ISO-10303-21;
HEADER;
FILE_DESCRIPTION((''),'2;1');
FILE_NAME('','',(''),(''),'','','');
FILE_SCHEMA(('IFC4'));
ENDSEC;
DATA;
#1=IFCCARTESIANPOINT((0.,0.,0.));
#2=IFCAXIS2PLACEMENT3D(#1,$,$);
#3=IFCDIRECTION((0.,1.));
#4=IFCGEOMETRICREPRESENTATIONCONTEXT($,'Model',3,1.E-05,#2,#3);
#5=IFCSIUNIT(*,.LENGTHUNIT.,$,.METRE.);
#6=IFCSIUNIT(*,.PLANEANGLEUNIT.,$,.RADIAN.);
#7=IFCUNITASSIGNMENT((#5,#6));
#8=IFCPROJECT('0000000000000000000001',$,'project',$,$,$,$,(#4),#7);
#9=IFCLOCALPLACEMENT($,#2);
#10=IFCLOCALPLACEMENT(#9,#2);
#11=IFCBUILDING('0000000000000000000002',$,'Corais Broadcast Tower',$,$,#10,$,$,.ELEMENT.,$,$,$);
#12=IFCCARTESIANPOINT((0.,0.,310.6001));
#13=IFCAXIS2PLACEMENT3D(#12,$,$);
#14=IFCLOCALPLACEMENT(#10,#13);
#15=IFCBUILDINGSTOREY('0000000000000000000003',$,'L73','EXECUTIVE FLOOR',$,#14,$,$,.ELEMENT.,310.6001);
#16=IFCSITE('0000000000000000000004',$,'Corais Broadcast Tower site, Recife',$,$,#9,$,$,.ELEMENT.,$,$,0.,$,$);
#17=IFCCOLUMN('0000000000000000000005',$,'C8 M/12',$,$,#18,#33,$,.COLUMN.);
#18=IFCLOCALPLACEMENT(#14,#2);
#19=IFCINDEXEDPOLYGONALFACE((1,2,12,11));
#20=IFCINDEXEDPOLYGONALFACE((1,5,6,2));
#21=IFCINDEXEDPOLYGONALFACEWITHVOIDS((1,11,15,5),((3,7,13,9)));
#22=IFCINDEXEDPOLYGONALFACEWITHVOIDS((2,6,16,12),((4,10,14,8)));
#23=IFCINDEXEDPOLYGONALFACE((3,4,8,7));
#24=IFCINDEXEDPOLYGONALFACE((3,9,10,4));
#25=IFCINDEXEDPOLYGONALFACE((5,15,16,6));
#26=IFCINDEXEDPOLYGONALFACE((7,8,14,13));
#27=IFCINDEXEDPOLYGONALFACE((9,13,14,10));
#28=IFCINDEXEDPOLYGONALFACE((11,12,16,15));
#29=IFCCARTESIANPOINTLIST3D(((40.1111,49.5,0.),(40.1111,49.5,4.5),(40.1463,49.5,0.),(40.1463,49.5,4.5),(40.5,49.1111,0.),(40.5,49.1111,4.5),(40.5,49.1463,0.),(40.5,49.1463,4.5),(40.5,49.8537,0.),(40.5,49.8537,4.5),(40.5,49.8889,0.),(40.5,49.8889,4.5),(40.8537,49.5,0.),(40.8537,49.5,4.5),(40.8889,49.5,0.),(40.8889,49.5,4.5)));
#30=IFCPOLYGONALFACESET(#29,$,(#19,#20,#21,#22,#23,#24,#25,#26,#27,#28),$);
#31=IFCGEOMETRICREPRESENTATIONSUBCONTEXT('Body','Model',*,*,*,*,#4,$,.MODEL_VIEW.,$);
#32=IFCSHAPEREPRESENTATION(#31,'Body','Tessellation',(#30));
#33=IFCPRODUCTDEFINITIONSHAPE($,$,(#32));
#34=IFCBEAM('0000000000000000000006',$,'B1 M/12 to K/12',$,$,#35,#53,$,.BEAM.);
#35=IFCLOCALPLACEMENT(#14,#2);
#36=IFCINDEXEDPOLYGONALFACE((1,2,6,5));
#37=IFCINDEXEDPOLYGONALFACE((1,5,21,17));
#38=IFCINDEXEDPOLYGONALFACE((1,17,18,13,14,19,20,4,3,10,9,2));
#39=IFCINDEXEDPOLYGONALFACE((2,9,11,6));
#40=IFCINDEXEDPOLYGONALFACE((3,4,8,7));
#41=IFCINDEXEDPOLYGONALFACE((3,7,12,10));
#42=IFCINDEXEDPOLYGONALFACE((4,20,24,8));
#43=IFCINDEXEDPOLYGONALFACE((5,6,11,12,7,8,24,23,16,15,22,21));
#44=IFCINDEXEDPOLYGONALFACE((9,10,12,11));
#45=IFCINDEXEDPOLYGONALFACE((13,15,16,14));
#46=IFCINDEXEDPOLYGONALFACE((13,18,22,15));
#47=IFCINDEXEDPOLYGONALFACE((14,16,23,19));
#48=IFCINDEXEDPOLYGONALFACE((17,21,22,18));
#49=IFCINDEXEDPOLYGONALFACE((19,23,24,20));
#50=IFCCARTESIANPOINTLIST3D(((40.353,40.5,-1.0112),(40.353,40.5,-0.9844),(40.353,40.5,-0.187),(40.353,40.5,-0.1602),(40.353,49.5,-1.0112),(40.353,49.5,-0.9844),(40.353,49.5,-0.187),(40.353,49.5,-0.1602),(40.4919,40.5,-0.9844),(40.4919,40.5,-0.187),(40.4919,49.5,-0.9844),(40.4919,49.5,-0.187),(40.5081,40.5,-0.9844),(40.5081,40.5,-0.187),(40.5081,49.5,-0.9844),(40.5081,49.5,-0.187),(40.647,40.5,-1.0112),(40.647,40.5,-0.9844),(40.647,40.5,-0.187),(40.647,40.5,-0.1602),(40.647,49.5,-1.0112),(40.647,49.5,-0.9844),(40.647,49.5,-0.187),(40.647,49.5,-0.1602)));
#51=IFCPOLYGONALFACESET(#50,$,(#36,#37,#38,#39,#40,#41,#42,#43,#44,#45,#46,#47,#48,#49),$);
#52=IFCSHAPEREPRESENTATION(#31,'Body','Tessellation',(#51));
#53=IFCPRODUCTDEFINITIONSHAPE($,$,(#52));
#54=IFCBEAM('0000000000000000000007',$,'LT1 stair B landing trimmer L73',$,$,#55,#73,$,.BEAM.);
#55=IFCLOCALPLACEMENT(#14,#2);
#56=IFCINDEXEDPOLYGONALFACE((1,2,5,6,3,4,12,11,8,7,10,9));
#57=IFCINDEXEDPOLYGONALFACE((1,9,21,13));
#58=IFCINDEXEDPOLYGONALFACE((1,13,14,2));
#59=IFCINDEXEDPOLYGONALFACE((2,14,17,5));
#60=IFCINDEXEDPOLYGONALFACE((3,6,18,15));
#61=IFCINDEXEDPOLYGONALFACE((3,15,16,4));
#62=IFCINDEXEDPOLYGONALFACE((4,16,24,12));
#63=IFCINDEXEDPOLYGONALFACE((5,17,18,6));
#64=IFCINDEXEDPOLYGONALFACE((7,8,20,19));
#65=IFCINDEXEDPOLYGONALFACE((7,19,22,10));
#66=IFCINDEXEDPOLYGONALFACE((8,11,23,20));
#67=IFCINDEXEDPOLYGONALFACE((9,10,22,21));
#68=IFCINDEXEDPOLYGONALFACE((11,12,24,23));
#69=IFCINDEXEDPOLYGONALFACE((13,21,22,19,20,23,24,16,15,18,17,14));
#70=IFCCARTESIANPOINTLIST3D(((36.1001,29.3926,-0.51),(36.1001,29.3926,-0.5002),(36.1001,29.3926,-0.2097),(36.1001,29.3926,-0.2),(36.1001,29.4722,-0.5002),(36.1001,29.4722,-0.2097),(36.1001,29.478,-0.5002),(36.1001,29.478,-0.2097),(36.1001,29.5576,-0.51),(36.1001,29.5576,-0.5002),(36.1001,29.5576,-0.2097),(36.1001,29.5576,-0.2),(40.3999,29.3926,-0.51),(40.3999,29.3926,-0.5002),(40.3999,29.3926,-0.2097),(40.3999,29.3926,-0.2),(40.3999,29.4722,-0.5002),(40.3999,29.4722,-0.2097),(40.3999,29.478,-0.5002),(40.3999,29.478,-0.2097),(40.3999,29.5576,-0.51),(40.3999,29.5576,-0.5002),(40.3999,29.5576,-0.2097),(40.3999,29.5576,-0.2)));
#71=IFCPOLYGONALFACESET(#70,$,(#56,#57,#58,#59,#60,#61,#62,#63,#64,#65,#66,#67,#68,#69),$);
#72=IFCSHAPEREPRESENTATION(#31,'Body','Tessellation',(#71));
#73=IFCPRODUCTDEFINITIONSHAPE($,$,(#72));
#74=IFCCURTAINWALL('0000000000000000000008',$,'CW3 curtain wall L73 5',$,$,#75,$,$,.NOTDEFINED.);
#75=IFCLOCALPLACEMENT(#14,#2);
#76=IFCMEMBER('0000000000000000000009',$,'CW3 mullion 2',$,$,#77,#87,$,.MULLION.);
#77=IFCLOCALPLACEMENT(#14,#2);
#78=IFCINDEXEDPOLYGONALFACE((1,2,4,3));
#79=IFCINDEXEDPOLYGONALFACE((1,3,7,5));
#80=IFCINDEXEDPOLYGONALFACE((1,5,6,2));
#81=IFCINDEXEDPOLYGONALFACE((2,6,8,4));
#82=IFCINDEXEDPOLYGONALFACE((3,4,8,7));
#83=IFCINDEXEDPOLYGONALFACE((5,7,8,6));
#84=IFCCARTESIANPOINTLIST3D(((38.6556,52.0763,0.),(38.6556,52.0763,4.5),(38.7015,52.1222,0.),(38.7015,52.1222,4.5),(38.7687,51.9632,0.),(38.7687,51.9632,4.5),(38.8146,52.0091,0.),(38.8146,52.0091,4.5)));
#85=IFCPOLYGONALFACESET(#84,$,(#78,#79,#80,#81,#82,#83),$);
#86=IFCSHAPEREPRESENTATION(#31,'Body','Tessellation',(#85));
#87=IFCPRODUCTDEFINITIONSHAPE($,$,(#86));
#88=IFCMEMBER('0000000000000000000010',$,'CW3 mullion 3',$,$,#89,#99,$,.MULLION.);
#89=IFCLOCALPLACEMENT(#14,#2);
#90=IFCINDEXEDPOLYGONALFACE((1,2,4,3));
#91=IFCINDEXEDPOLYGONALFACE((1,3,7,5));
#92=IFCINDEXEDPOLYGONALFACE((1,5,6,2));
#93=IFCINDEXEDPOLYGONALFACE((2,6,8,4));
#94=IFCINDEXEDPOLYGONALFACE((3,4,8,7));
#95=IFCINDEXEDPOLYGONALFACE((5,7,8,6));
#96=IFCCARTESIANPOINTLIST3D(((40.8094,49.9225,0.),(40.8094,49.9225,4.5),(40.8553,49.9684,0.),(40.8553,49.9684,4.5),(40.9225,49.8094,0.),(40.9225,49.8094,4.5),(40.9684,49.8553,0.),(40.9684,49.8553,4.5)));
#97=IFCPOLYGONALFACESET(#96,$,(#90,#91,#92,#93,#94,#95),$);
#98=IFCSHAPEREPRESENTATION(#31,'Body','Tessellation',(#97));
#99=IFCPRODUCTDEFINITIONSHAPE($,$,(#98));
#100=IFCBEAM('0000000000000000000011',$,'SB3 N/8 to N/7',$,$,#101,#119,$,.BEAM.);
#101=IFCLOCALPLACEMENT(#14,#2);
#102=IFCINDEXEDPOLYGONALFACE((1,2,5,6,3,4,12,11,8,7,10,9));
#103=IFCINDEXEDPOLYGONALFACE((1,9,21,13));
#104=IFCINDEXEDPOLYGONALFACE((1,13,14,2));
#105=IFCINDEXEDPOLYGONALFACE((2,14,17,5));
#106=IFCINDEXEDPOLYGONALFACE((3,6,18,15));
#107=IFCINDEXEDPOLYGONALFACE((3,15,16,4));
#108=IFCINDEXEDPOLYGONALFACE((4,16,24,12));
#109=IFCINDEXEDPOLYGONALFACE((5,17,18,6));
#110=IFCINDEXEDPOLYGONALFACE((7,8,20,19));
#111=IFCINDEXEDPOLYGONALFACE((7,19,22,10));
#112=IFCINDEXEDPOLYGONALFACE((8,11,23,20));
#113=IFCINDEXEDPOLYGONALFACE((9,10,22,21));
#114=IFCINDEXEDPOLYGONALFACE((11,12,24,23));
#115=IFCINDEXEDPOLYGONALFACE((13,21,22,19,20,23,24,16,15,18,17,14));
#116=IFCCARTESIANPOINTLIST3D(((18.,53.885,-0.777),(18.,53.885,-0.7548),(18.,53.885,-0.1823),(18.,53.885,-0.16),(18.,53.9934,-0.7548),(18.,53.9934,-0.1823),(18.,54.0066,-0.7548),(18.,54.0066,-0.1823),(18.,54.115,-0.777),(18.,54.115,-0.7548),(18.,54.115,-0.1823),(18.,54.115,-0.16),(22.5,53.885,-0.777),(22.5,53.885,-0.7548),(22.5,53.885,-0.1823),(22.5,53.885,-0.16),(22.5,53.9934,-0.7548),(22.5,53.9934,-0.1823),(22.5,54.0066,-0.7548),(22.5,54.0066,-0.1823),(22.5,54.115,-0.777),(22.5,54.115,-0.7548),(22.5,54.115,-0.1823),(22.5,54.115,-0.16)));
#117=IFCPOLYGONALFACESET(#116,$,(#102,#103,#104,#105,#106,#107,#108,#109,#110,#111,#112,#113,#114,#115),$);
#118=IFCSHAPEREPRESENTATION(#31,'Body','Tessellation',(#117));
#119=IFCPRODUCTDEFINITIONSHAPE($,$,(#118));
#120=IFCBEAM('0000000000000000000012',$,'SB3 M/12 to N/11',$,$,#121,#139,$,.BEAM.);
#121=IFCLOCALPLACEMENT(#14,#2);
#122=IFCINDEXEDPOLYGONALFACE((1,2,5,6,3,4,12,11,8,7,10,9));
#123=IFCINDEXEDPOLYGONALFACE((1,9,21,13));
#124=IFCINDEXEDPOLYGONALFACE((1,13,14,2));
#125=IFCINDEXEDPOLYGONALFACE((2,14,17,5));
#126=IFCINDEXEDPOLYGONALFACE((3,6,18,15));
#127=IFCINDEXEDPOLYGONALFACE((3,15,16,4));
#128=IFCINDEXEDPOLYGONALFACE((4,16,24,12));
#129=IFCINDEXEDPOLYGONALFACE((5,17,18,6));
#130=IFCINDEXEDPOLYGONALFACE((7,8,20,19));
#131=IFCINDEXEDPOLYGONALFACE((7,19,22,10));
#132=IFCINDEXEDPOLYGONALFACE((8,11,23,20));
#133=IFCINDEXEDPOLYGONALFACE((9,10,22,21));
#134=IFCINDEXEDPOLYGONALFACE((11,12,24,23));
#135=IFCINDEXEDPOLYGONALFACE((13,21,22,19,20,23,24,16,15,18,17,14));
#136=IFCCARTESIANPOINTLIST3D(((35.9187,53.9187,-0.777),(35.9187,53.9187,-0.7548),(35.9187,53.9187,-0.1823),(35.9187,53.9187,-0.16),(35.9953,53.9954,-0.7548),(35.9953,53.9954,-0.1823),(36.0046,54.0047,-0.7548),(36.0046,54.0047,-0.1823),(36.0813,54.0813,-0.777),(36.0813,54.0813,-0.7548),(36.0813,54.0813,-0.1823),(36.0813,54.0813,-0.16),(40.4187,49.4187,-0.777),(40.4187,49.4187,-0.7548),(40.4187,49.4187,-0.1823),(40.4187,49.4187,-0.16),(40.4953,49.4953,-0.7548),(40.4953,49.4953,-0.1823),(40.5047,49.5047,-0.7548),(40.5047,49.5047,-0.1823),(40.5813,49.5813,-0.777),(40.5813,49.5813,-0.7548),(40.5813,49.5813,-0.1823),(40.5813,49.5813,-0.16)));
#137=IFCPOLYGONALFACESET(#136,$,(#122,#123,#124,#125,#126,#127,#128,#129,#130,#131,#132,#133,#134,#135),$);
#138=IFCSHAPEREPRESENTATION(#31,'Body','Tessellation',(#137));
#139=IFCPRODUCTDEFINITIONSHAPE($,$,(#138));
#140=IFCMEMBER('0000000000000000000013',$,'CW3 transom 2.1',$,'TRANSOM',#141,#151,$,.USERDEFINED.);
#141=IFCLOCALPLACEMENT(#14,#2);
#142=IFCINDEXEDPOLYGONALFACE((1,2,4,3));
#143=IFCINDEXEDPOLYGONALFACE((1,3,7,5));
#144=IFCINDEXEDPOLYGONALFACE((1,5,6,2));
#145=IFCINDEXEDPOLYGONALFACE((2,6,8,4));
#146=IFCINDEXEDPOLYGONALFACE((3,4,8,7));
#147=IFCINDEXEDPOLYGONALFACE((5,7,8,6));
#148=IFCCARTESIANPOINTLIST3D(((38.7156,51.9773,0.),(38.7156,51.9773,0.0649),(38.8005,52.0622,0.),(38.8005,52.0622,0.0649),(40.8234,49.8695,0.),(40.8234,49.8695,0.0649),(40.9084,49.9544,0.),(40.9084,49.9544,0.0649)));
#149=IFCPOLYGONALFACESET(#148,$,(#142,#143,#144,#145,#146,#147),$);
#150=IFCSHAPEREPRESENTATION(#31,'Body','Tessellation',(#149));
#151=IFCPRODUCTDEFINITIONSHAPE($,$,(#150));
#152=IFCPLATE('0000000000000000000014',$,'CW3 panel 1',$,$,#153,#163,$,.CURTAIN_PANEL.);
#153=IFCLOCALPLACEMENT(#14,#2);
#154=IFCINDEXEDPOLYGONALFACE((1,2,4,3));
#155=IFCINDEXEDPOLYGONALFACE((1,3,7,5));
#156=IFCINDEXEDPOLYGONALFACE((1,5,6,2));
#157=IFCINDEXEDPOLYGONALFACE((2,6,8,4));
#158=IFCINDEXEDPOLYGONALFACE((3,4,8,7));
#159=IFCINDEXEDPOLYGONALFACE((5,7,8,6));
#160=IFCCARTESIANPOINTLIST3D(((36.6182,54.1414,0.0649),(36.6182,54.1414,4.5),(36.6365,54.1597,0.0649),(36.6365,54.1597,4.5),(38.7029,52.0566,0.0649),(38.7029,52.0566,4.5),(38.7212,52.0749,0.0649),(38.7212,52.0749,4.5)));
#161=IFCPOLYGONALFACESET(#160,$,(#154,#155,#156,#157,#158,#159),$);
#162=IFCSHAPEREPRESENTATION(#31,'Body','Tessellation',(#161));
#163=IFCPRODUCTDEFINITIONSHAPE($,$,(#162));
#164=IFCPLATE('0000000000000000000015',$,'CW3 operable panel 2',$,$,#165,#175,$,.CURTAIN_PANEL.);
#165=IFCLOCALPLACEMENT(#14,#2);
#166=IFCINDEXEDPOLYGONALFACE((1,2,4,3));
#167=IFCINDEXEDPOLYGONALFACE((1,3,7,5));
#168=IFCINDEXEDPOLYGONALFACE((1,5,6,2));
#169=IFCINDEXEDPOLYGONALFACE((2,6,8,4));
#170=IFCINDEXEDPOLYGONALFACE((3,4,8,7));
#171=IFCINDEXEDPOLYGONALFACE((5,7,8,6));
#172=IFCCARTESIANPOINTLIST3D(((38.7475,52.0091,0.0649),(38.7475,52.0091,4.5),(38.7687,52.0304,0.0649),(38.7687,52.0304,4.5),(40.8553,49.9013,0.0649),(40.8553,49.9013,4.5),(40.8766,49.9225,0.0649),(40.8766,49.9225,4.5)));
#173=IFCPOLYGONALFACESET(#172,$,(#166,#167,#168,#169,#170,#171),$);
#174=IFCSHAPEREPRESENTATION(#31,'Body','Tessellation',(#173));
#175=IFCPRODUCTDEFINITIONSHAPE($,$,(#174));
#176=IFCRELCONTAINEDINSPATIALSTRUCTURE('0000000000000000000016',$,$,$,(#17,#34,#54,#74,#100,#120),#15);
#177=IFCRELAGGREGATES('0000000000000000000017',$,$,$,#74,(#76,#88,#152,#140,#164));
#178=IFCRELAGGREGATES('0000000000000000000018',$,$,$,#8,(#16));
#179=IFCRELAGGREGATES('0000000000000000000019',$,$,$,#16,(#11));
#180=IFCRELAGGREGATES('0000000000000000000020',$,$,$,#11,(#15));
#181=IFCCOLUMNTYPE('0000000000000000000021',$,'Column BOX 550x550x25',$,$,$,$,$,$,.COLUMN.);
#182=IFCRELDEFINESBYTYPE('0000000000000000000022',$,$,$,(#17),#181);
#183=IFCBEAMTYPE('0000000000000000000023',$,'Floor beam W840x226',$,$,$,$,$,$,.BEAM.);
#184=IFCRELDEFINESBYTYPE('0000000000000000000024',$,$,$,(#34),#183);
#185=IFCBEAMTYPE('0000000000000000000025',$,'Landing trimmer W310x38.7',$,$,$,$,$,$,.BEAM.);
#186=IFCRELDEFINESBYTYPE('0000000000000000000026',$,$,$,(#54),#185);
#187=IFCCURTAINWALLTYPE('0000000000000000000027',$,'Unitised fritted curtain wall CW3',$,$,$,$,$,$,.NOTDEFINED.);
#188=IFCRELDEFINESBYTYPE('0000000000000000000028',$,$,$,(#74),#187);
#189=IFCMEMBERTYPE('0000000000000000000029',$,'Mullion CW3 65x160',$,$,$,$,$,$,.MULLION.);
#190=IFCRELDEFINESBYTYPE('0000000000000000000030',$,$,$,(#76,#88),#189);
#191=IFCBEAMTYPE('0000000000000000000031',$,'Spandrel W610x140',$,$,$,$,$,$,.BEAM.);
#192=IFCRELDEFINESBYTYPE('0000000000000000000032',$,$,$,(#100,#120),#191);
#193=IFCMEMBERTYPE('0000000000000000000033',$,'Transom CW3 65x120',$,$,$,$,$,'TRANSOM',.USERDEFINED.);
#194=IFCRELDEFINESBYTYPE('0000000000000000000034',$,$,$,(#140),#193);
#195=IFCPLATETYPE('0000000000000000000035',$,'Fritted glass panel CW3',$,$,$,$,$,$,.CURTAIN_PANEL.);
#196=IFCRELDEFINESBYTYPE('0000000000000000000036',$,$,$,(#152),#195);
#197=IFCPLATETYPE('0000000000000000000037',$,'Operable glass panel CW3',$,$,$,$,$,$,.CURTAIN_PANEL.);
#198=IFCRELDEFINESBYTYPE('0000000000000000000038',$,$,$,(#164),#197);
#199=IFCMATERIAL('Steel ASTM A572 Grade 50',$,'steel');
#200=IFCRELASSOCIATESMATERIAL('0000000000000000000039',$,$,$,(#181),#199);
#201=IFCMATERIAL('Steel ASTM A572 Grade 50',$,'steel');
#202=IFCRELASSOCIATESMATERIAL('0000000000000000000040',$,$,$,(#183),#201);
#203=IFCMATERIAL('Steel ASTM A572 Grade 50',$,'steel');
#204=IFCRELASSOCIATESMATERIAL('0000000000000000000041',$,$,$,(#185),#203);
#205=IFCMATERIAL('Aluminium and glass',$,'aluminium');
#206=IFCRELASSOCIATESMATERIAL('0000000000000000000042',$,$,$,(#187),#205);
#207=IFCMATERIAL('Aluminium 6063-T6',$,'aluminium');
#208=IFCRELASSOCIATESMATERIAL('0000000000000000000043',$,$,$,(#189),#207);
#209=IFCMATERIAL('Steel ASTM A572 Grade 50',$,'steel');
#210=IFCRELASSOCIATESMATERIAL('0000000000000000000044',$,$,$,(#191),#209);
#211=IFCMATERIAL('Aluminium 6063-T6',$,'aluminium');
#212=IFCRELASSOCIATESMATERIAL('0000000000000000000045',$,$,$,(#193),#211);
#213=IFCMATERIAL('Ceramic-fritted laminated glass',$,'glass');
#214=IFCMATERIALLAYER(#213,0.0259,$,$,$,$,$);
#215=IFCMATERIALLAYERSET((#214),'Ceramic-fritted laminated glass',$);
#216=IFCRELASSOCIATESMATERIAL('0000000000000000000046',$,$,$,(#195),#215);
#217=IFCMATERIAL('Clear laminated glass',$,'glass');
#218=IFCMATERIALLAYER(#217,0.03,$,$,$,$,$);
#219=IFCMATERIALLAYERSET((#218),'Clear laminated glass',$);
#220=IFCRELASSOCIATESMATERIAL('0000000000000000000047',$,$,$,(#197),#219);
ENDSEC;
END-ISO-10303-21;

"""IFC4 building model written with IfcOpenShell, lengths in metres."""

from ifc_helpers import new_model, si_unit, direction, frame, origin, origin_2d, place, context, subcontext, project, spatial, rectangle, hollow_rectangle, i_section, extrude, material, layer, layer_set, material_profile, profile_set, type_object, element, aggregate, save


model = new_model("IFC4")

# Units and contexts
model_context = context("Model", 3, precision=1e-05, world=origin(), true_north=direction((0.0, 1.0)))
body_context = subcontext(model_context, "Body", "Model", "MODEL_VIEW")
ifc_project = project(units=[si_unit("LENGTHUNIT", "METRE"), si_unit("PLANEANGLEUNIT", "RADIAN")], contexts=[model_context])

# Site, building, storey
site_placement = place(None, origin())
site = spatial("IfcSite", under=ifc_project, at=site_placement, Name="Corais Broadcast Tower site, Recife", CompositionType="ELEMENT", RefElevation=0.0)
building_placement = place(site_placement, origin())
building = spatial("IfcBuilding", under=site, at=building_placement, Name="Corais Broadcast Tower", CompositionType="ELEMENT")
storey_placement = place(building_placement, frame((0.0, 0.0, 310.6001)))
storey = spatial("IfcBuildingStorey", under=building, at=storey_placement, Name="L73", Description="EXECUTIVE FLOOR", CompositionType="ELEMENT", Elevation=310.6001)

# Column
ifc_material_1 = material(Name="Steel ASTM A572 Grade 50", Category="steel")
ifc_material_profile_1 = material_profile(ifc_material_1, hollow_rectangle(XDim=0.55, YDim=0.55, WallThickness=0.0249, at=origin_2d()), Name="BOX 550x550x25")
ifc_profile_set_1 = profile_set([ifc_material_profile_1], Name="Steel ASTM A572 Grade 50")
column_type = type_object("IfcColumnType", Name="Column BOX 550x550x25", PredefinedType="COLUMN", material=ifc_profile_set_1)
column_placement = place(storey_placement, frame((40.5, 49.5, 0.0), z_axis=(0.0, 0.0, 1.0), x_axis=(0.707107, 0.707107, 0.0)))
element("IfcColumn", 1, at=column_placement, inside=storey, type_object=column_type, Name="C8 M/12", PredefinedType="COLUMN", context=body_context, shape_type="SweptSolid", body=[
    extrude(hollow_rectangle(XDim=0.55, YDim=0.55, WallThickness=0.0249, at=origin_2d()), origin(), (0.0, 0.0, 1.0), 4.5),
])

# Beams
ifc_material_2 = material(Name="Steel ASTM A572 Grade 50", Category="steel")
ifc_material_profile_2 = material_profile(ifc_material_2, i_section(OverallWidth=0.2939, OverallDepth=0.8511, WebThickness=0.0161, FlangeThickness=0.0269, at=origin_2d()), Name="W840x226")
ifc_profile_set_2 = profile_set([ifc_material_profile_2], Name="Steel ASTM A572 Grade 50")
beam_type_1 = type_object("IfcBeamType", Name="Floor beam W840x226", PredefinedType="BEAM", material=ifc_profile_set_2)
beam_1_placement = place(storey_placement, frame((40.5, 49.5, -0.5857), z_axis=(0.0, -1.0, 0.0), x_axis=(1.0, 0.0, 0.0)))
element("IfcBeam", 2, at=beam_1_placement, inside=storey, type_object=beam_type_1, Name="B1 M/12 to K/12", PredefinedType="BEAM", context=body_context, shape_type="SweptSolid", body=[
    extrude(i_section(OverallWidth=0.2939, OverallDepth=0.8511, WebThickness=0.0161, FlangeThickness=0.0269, at=origin_2d()), origin(), (0.0, 0.0, 1.0), 9.0),
])
ifc_material_3 = material(Name="Steel ASTM A572 Grade 50", Category="steel")
ifc_material_profile_3 = material_profile(ifc_material_3, i_section(OverallWidth=0.165, OverallDepth=0.3101, WebThickness=0.0059, FlangeThickness=0.0098, at=origin_2d()), Name="W310x38.7")
ifc_profile_set_3 = profile_set([ifc_material_profile_3], Name="Steel ASTM A572 Grade 50")
beam_type_2 = type_object("IfcBeamType", Name="Landing trimmer W310x38.7", PredefinedType="BEAM", material=ifc_profile_set_3)
beam_2_placement = place(storey_placement, frame((36.1001, 29.4751, -0.355), z_axis=(1.0, 0.0, 0.0), x_axis=(0.0, 1.0, 0.0)))
element("IfcBeam", 3, at=beam_2_placement, inside=storey, type_object=beam_type_2, Name="LT1 stair B landing trimmer L73", PredefinedType="BEAM", context=body_context, shape_type="SweptSolid", body=[
    extrude(i_section(OverallWidth=0.165, OverallDepth=0.3101, WebThickness=0.0059, FlangeThickness=0.0098, at=origin_2d()), origin(), (0.0, 0.0, 1.0), 4.2998),
])

# Curtain wall, members
ifc_material_4 = material(Name="Aluminium and glass", Category="aluminium")
curtain_wall_type = type_object("IfcCurtainWallType", Name="Unitised fritted curtain wall CW3", PredefinedType="NOTDEFINED", material=ifc_material_4)
curtain_wall_placement = place(storey_placement, origin())
curtain_wall = element("IfcCurtainWall", 4, at=curtain_wall_placement, inside=storey, type_object=curtain_wall_type, Name="CW3 curtain wall L73 5", PredefinedType="NOTDEFINED")
ifc_material_5 = material(Name="Aluminium 6063-T6", Category="aluminium")
ifc_material_profile_4 = material_profile(ifc_material_5, rectangle(XDim=0.0649, YDim=0.1599, at=origin_2d()), Name="Mullion CW3 65x160")
ifc_profile_set_4 = profile_set([ifc_material_profile_4], Name="Aluminium 6063-T6")
member_type_1 = type_object("IfcMemberType", Name="Mullion CW3 65x160", PredefinedType="MULLION", material=ifc_profile_set_4)
member_1_placement = place(storey_placement, frame((38.7351, 52.0427, 0.0), z_axis=(0.0, 0.0, 1.0), x_axis=(0.707107, 0.707107, 0.0)))
member_1 = element("IfcMember", 5, at=member_1_placement, type_object=member_type_1, Name="CW3 mullion 2", PredefinedType="MULLION", context=body_context, shape_type="SweptSolid", body=[
    extrude(rectangle(XDim=0.0649, YDim=0.1599, at=origin_2d()), origin(), (0.0, 0.0, 1.0), 4.5),
])
member_2_placement = place(storey_placement, frame((40.8889, 49.8889, 0.0), z_axis=(0.0, 0.0, 1.0), x_axis=(0.707107, 0.707107, 0.0)))
member_2 = element("IfcMember", 6, at=member_2_placement, type_object=member_type_1, Name="CW3 mullion 3", PredefinedType="MULLION", context=body_context, shape_type="SweptSolid", body=[
    extrude(rectangle(XDim=0.0649, YDim=0.1599, at=origin_2d()), origin(), (0.0, 0.0, 1.0), 4.5),
])

# Beams
ifc_material_6 = material(Name="Steel ASTM A572 Grade 50", Category="steel")
ifc_material_profile_5 = material_profile(ifc_material_6, i_section(OverallWidth=0.23, OverallDepth=0.6169, WebThickness=0.0132, FlangeThickness=0.0222, at=origin_2d()), Name="W610x140")
ifc_profile_set_5 = profile_set([ifc_material_profile_5], Name="Steel ASTM A572 Grade 50")
beam_type_3 = type_object("IfcBeamType", Name="Spandrel W610x140", PredefinedType="BEAM", material=ifc_profile_set_5)
beam_3_placement = place(storey_placement, frame((22.5, 54.0, -0.4685), z_axis=(-1.0, 0.0, 0.0), x_axis=(0.0, -1.0, 0.0)))
element("IfcBeam", 7, at=beam_3_placement, inside=storey, type_object=beam_type_3, Name="SB3 N/8 to N/7", PredefinedType="BEAM", context=body_context, shape_type="SweptSolid", body=[
    extrude(i_section(OverallWidth=0.23, OverallDepth=0.6169, WebThickness=0.0132, FlangeThickness=0.0222, at=origin_2d()), origin(), (0.0, 0.0, 1.0), 4.5),
])
beam_4_placement = place(storey_placement, frame((40.5, 49.5, -0.4685), z_axis=(-0.707107, 0.707107, 0.0), x_axis=(-0.707107, -0.707107, 0.0)))
element("IfcBeam", 8, at=beam_4_placement, inside=storey, type_object=beam_type_3, Name="SB3 M/12 to N/11", PredefinedType="BEAM", context=body_context, shape_type="SweptSolid", body=[
    extrude(i_section(OverallWidth=0.23, OverallDepth=0.6169, WebThickness=0.0132, FlangeThickness=0.0222, at=origin_2d()), origin(), (0.0, 0.0, 1.0), 6.364),
])

# Member
ifc_material_7 = material(Name="Aluminium 6063-T6", Category="aluminium")
ifc_material_profile_6 = material_profile(ifc_material_7, rectangle(XDim=0.1201, YDim=0.0649, at=origin_2d()), Name="Transom CW3 65x120")
ifc_profile_set_6 = profile_set([ifc_material_profile_6], Name="Aluminium 6063-T6")
member_type_2 = type_object("IfcMemberType", Name="Transom CW3 65x120", ElementType="TRANSOM", PredefinedType="USERDEFINED", material=ifc_profile_set_6)
member_3_placement = place(storey_placement, frame((38.7581, 52.0198, 0.0325), z_axis=(0.707107, -0.707107, 0.0), x_axis=(0.707107, 0.707107, 0.0)))
member_3 = element("IfcMember", 9, at=member_3_placement, type_object=member_type_2, Name="CW3 transom 2.1", ObjectType="TRANSOM", PredefinedType="USERDEFINED", context=body_context, shape_type="SweptSolid", body=[
    extrude(rectangle(XDim=0.1201, YDim=0.0649, at=origin_2d()), origin(), (0.0, 0.0, 1.0), 2.981),
])

# Plates
ifc_material_8 = material(Name="Ceramic-fritted laminated glass", Category="glass")
ifc_layer_1 = layer(ifc_material_8, 0.0259)
ifc_layer_set_1 = layer_set([ifc_layer_1], Name="Ceramic-fritted laminated glass")
plate_type_1 = type_object("IfcPlateType", Name="Fritted glass panel CW3", PredefinedType="CURTAIN_PANEL", material=ifc_layer_set_1)
plate_1_placement = place(storey_placement, frame((37.6697, 53.1082, 0.0649), z_axis=(0.0, 0.0, 1.0), x_axis=(0.707107, -0.707107, 0.0)))
plate_1 = element("IfcPlate", 10, at=plate_1_placement, type_object=plate_type_1, Name="CW3 panel 1", PredefinedType="CURTAIN_PANEL", context=body_context, shape_type="SweptSolid", body=[
    extrude(rectangle(XDim=2.9482, YDim=0.0259, at=origin_2d()), origin(), (0.0, 0.0, 1.0), 4.4351),
])
ifc_material_9 = material(Name="Clear laminated glass", Category="glass")
ifc_layer_2 = layer(ifc_material_9, 0.03)
ifc_layer_set_2 = layer_set([ifc_layer_2], Name="Clear laminated glass")
plate_type_2 = type_object("IfcPlateType", Name="Operable glass panel CW3", PredefinedType="CURTAIN_PANEL", material=ifc_layer_set_2)
plate_2_placement = place(storey_placement, frame((39.812, 50.9658, 0.0649), z_axis=(0.0, 0.0, 1.0), x_axis=(0.707107, -0.707107, 0.0)))
plate_2 = element("IfcPlate", 11, at=plate_2_placement, type_object=plate_type_2, Name="CW3 operable panel 2", PredefinedType="CURTAIN_PANEL", context=body_context, shape_type="SweptSolid", body=[
    extrude(rectangle(XDim=2.981, YDim=0.03, at=origin_2d()), origin(), (0.0, 0.0, 1.0), 4.4351),
])
aggregate(curtain_wall, [member_1, member_2, plate_1, member_3, plate_2])

save(model, "model.ifc")
